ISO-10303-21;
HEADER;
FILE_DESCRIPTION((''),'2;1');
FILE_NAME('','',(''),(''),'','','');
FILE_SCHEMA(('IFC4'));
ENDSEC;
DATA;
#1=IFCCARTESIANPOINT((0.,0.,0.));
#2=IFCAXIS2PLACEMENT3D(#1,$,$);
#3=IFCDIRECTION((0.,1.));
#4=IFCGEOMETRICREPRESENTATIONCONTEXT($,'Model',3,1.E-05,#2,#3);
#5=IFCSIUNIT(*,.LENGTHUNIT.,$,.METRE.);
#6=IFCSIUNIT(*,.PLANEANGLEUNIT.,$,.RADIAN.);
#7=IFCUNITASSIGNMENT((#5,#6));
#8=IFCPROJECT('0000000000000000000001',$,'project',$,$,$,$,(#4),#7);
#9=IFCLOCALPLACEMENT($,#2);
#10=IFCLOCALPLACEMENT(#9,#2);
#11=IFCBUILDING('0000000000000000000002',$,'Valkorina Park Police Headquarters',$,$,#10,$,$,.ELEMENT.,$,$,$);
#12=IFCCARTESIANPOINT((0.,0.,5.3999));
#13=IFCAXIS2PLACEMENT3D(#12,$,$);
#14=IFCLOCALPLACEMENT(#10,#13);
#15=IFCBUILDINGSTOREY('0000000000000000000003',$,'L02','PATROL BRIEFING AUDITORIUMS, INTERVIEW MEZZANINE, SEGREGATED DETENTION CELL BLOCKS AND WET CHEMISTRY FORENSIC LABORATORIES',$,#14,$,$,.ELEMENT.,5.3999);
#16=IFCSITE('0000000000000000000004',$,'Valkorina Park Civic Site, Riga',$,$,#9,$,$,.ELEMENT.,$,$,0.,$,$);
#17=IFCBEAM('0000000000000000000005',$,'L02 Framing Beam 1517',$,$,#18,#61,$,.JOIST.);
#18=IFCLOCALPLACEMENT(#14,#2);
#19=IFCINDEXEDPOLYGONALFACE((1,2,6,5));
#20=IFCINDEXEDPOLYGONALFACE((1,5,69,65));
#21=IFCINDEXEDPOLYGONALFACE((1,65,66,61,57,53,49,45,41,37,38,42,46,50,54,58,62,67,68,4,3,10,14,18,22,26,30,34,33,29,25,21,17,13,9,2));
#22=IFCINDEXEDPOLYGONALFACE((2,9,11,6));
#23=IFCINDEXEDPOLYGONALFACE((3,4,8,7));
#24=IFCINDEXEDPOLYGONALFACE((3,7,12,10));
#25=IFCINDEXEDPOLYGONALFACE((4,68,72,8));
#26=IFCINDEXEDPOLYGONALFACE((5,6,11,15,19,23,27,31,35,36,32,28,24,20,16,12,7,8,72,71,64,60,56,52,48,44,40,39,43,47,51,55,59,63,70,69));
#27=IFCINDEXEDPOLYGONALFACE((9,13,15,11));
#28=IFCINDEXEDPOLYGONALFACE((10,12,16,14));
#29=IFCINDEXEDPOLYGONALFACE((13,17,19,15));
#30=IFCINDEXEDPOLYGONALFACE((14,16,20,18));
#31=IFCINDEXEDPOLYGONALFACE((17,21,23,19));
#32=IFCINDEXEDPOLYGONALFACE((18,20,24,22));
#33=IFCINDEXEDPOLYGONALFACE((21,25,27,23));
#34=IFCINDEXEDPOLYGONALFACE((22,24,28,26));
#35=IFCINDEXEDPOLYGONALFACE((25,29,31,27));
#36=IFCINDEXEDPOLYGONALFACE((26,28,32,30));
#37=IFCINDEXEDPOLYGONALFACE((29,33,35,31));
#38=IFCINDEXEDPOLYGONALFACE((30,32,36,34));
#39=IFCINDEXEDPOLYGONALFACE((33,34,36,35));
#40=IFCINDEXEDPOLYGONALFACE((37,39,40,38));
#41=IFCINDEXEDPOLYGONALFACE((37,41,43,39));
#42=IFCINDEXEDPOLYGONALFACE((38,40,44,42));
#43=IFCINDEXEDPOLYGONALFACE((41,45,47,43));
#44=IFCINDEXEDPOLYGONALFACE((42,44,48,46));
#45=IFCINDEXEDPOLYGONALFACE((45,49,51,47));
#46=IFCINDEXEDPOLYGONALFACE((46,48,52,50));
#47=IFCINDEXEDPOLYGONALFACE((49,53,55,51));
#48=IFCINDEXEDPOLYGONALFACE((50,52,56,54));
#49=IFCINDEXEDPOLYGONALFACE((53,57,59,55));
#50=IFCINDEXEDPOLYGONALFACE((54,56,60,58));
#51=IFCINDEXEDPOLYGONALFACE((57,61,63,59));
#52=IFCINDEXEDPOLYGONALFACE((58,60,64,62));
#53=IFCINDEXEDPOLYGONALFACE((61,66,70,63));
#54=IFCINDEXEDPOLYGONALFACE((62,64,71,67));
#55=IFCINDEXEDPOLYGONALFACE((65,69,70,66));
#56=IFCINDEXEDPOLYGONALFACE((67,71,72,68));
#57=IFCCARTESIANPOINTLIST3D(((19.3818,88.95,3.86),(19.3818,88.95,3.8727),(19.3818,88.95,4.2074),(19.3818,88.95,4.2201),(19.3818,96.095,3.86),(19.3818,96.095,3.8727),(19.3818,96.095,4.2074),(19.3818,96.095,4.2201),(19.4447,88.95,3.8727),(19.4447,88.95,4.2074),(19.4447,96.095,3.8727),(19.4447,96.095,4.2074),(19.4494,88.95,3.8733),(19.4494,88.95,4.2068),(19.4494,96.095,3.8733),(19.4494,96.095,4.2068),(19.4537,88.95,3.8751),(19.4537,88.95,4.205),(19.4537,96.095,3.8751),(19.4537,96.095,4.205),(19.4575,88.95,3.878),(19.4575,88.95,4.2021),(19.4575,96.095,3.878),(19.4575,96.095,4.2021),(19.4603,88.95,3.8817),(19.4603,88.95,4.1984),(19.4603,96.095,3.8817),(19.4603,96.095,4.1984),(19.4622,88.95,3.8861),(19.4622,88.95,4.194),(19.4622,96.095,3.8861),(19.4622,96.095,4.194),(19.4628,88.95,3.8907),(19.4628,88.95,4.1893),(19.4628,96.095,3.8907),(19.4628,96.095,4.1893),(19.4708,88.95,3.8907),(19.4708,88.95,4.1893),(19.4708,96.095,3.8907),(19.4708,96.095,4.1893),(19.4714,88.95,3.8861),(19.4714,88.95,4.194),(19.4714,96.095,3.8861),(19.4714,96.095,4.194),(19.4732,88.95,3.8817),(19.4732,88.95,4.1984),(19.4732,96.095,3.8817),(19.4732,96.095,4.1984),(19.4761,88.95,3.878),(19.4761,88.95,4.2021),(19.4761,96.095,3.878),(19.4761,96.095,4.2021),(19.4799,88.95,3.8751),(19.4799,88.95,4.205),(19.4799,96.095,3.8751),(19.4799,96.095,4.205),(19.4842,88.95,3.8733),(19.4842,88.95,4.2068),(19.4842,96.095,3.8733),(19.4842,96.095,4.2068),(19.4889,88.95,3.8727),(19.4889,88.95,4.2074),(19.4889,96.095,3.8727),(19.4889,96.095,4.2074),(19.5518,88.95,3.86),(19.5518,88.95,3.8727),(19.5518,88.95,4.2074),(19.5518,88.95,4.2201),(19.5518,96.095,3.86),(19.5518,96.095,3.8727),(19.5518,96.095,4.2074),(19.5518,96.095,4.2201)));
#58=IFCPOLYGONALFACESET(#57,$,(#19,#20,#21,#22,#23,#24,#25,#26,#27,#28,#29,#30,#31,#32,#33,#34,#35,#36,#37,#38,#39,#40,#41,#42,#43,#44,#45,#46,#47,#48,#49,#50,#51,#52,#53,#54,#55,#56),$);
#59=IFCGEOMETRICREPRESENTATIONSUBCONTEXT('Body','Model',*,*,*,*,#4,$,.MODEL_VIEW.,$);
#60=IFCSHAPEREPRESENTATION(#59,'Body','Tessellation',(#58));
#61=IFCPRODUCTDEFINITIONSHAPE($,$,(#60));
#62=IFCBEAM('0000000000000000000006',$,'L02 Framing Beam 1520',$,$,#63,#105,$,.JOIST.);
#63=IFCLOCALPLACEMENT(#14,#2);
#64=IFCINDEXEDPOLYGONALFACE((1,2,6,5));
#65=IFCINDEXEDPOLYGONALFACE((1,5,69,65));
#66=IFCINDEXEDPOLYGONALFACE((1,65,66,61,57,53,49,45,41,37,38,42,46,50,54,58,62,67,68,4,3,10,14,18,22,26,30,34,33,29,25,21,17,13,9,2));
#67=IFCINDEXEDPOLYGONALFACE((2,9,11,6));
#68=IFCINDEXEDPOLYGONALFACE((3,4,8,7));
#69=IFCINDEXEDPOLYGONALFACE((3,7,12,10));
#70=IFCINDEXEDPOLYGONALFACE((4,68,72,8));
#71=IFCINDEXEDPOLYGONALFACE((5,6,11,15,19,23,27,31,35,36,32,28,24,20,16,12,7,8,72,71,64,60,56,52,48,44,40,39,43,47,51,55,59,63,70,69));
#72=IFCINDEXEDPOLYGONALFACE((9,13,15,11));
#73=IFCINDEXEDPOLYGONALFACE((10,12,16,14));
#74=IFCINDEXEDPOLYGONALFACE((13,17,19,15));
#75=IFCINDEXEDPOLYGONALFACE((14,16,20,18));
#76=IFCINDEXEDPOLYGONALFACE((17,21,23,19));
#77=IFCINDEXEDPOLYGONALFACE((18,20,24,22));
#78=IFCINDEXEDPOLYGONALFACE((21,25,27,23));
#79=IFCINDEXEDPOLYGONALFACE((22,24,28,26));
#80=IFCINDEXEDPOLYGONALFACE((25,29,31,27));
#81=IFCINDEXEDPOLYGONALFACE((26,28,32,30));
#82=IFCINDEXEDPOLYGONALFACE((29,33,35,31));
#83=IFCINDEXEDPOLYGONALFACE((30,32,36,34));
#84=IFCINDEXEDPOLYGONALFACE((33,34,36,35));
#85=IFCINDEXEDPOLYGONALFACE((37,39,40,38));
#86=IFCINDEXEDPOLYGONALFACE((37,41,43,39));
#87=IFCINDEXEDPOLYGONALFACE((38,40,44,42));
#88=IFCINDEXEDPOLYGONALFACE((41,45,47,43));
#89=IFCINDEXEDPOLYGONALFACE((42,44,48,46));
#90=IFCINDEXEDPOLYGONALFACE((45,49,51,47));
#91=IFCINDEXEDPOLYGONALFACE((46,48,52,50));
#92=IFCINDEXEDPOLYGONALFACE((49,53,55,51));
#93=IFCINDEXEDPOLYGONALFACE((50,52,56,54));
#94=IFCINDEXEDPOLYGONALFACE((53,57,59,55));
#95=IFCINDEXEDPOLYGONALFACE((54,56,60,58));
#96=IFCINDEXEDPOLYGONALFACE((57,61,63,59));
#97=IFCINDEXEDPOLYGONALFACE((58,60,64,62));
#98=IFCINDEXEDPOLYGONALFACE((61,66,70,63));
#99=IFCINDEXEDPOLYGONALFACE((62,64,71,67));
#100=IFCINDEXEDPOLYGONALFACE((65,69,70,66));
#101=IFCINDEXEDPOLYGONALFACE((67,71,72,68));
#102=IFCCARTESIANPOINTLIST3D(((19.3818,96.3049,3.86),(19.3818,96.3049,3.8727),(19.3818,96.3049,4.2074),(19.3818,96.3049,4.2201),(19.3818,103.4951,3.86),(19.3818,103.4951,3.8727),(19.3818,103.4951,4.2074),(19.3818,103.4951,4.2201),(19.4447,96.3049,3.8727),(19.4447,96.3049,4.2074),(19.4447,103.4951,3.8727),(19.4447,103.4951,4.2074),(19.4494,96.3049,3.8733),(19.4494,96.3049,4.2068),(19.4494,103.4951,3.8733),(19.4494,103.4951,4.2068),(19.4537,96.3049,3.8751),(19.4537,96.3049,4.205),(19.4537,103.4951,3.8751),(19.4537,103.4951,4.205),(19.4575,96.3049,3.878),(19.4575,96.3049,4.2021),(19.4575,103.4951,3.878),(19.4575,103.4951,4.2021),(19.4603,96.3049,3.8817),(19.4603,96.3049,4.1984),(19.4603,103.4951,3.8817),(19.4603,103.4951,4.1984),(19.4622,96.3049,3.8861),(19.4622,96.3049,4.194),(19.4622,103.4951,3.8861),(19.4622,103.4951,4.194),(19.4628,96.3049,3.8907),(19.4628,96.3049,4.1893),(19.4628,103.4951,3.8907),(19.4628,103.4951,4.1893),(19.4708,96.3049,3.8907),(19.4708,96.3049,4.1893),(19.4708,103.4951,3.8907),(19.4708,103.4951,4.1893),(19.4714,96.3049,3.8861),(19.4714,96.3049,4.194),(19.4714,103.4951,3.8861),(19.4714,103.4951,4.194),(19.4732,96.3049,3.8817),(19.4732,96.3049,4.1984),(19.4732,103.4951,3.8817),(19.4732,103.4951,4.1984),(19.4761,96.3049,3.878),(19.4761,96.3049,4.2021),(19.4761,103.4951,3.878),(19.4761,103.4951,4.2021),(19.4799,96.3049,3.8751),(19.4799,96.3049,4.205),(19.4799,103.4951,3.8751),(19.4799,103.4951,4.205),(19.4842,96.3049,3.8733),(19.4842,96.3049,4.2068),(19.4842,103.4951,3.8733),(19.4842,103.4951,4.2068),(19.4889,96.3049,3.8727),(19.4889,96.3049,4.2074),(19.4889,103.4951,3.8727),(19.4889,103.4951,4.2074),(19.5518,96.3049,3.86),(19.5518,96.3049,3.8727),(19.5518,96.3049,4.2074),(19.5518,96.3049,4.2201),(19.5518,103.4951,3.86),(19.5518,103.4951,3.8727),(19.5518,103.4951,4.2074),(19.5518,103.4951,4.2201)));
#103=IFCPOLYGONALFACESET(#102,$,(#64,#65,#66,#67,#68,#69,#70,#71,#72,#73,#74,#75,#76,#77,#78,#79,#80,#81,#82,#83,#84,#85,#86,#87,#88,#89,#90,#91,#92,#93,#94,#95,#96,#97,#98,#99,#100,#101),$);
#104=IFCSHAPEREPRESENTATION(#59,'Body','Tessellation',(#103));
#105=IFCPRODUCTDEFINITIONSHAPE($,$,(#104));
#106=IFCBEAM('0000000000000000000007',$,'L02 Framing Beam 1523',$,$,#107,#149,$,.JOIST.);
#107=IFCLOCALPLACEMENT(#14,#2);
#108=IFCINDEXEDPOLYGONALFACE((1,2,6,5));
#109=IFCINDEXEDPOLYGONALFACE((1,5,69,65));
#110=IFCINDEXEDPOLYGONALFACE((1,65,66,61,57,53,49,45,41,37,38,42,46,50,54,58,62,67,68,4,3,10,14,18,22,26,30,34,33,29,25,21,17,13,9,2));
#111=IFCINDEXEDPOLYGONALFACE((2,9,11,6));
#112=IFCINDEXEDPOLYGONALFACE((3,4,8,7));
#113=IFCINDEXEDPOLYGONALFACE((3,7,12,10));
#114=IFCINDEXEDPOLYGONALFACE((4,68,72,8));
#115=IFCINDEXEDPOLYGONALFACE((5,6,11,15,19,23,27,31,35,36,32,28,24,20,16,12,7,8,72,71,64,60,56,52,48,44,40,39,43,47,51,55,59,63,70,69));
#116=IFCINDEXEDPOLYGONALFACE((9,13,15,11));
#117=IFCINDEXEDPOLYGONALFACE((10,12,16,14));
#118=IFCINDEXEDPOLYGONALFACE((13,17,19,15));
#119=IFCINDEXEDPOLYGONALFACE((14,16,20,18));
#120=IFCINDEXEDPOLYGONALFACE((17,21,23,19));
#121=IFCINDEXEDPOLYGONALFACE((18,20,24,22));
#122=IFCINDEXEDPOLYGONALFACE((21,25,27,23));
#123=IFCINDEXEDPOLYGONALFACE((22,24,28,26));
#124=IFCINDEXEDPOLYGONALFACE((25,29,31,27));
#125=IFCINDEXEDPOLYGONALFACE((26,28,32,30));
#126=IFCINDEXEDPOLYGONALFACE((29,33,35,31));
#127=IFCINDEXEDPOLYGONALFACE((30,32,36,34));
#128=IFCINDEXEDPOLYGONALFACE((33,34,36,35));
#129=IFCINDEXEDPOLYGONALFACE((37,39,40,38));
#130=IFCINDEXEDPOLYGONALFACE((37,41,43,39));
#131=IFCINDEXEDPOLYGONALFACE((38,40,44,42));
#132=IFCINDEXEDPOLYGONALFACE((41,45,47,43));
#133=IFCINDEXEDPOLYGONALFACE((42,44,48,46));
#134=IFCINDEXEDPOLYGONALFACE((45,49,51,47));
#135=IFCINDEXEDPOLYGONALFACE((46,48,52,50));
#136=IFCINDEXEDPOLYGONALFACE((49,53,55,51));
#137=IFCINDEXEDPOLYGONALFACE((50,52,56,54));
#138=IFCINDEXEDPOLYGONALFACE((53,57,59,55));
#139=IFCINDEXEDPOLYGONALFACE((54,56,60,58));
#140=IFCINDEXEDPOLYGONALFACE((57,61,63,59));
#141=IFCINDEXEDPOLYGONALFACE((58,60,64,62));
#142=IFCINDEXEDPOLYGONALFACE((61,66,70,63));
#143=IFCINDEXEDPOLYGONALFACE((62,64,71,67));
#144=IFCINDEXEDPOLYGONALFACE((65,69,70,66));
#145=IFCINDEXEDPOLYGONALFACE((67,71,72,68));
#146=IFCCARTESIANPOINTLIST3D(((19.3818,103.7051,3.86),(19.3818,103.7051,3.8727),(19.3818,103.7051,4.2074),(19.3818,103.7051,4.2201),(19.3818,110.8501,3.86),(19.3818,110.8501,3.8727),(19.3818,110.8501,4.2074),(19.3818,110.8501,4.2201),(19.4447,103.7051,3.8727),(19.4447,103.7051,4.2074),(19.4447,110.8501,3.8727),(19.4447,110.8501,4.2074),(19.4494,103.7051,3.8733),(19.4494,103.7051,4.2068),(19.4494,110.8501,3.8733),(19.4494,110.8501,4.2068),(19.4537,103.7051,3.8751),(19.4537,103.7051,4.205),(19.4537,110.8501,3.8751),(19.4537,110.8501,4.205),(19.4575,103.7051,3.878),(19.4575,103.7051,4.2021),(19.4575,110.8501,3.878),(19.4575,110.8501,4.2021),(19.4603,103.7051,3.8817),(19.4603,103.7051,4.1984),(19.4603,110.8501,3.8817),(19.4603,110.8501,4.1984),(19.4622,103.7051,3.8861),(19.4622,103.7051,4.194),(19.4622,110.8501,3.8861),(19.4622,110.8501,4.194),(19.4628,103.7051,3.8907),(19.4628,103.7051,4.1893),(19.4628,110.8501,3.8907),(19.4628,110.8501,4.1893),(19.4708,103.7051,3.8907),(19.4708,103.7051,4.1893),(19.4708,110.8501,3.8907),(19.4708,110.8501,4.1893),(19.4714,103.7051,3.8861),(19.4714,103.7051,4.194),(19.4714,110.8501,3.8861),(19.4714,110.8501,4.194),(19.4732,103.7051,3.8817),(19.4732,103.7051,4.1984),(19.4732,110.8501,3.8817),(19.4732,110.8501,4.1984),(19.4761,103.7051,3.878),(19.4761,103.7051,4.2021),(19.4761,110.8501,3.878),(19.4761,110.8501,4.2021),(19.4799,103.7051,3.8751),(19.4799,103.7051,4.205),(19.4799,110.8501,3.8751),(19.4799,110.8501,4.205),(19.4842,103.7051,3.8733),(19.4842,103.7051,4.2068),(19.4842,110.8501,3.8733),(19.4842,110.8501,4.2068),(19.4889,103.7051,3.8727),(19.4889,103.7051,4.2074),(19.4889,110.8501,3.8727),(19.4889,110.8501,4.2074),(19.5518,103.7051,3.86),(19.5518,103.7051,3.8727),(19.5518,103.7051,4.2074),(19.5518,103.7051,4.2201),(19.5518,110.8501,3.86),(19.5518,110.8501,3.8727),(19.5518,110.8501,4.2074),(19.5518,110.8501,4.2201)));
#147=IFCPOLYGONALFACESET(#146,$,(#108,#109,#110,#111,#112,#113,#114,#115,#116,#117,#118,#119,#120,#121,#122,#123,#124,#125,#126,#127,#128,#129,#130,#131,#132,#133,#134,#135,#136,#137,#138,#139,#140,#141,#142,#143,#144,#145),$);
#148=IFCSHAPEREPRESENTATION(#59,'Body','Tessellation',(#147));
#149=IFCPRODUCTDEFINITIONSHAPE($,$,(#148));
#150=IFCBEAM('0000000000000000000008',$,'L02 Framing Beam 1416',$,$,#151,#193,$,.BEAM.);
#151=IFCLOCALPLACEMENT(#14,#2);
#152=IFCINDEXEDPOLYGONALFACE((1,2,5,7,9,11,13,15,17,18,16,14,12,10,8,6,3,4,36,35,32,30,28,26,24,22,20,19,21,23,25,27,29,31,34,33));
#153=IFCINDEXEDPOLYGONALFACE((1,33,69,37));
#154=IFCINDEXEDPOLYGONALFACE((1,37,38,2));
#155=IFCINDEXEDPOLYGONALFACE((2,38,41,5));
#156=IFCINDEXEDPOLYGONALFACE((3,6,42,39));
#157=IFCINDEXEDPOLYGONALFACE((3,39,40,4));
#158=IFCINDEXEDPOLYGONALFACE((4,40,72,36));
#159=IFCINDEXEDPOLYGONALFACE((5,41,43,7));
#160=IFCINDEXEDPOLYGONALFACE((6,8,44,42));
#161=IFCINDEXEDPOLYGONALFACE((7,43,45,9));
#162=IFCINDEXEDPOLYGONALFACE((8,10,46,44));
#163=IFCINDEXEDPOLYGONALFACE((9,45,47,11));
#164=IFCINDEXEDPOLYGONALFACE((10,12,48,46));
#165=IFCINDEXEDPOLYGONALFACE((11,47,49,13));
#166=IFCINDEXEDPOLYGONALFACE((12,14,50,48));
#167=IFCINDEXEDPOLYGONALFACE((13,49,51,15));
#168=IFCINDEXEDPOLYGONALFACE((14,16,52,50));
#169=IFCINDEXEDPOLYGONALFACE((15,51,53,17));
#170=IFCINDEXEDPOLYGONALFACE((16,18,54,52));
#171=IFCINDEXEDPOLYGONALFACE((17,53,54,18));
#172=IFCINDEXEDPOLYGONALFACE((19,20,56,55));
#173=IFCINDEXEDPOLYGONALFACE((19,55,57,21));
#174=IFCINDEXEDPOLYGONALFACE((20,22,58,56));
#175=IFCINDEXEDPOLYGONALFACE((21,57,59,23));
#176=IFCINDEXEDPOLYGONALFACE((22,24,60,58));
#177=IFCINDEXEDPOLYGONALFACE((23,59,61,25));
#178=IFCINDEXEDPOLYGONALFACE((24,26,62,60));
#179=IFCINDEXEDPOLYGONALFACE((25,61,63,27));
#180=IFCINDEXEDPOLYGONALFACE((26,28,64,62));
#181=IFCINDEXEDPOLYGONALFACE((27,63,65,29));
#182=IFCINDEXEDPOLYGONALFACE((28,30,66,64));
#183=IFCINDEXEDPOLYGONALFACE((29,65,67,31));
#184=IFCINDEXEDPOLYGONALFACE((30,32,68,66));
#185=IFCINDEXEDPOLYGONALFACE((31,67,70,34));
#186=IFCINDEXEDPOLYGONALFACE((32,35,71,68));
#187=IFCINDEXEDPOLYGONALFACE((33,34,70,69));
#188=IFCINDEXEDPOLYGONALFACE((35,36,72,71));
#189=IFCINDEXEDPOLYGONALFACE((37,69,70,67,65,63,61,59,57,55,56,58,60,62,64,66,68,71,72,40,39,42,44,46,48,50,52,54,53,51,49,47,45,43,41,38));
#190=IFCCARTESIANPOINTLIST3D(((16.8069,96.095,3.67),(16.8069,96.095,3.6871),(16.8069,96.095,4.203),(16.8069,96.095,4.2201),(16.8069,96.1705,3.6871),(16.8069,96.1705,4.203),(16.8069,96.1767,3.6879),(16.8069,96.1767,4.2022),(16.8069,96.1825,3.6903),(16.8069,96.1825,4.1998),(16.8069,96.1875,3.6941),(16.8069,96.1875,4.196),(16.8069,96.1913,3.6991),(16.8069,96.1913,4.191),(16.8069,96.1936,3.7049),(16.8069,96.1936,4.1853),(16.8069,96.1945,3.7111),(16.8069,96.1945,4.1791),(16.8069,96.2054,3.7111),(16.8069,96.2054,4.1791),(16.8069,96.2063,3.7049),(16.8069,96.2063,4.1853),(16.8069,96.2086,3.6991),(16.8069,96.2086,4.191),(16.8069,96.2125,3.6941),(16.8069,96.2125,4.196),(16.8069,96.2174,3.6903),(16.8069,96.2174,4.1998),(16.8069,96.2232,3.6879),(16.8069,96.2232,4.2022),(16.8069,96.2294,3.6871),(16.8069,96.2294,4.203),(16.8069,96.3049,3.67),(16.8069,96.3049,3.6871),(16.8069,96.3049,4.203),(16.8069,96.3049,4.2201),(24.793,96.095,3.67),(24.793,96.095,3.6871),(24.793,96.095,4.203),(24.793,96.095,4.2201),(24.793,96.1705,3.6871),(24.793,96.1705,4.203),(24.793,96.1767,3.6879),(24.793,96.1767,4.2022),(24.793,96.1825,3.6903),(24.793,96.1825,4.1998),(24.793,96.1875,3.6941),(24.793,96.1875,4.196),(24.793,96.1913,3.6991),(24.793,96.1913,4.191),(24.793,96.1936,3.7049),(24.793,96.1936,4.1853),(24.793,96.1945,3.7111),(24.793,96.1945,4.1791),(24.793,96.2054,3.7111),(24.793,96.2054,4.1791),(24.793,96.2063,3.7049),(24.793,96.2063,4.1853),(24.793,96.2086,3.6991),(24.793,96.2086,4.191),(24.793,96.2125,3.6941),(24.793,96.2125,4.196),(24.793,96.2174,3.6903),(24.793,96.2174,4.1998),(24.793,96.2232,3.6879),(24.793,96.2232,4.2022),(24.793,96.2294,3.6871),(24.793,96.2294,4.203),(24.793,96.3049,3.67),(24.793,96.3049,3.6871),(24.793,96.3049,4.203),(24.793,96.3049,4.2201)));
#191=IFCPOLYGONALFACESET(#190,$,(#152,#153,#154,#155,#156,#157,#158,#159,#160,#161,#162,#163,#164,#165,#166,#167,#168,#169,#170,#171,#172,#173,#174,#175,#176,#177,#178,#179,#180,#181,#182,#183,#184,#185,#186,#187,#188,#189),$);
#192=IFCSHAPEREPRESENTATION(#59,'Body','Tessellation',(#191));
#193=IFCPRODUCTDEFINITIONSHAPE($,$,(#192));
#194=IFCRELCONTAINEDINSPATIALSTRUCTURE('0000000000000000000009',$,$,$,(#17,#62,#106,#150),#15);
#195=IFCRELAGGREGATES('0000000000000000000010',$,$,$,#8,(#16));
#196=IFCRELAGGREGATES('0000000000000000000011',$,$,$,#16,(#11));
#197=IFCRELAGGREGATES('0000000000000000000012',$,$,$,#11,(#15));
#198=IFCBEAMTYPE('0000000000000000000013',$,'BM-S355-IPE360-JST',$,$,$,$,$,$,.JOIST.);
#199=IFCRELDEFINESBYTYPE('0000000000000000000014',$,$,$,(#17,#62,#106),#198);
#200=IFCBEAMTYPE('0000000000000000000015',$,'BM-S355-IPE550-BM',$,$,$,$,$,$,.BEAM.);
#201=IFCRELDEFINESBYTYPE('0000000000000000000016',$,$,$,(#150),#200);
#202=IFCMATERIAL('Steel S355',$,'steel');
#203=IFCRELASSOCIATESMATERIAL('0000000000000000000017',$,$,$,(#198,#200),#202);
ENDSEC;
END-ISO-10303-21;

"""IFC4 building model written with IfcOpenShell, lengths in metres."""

from ifc_helpers import new_model, si_unit, direction, frame, origin, origin_2d, place, context, subcontext, project, spatial, i_section, extrude, material, material_profile, profile_set, type_object, element, save


model = new_model("IFC4")

# Units and contexts
model_context = context("Model", 3, precision=1e-05, world=origin(), true_north=direction((0.0, 1.0)))
body_context = subcontext(model_context, "Body", "Model", "MODEL_VIEW")
ifc_project = project(units=[si_unit("LENGTHUNIT", "METRE"), si_unit("PLANEANGLEUNIT", "RADIAN")], contexts=[model_context])

# Site, building, storey
site_placement = place(None, origin())
site = spatial("IfcSite", under=ifc_project, at=site_placement, Name="Valkorina Park Civic Site, Riga", CompositionType="ELEMENT", RefElevation=0.0)
building_placement = place(site_placement, origin())
building = spatial("IfcBuilding", under=site, at=building_placement, Name="Valkorina Park Police Headquarters", CompositionType="ELEMENT")
storey_placement = place(building_placement, frame((0.0, 0.0, 5.3999)))
storey = spatial("IfcBuildingStorey", under=building, at=storey_placement, Name="L02", Description="PATROL BRIEFING AUDITORIUMS, INTERVIEW MEZZANINE, SEGREGATED DETENTION CELL BLOCKS AND WET CHEMISTRY FORENSIC LABORATORIES", CompositionType="ELEMENT", Elevation=5.3999)

# Shared definitions
ifc_material_1 = material(Name="Steel S355", Category="steel")

# Beams
ifc_material_profile_1 = material_profile(ifc_material_1, i_section(OverallWidth=0.1699, OverallDepth=0.3601, WebThickness=0.0081, FlangeThickness=0.0127, FilletRadius=0.0181, at=origin_2d()), Name="IPE 360")
ifc_profile_set_1 = profile_set([ifc_material_profile_1], Name="Steel S355")
beam_type_1 = type_object("IfcBeamType", Name="BM-S355-IPE360-JST", PredefinedType="JOIST", material=ifc_profile_set_1)
for number, where, z_axis, x_axis, name in (
    (1, (19.4668, 88.95, 4.04), (0.0, 1.0, 0.0), (-1.0, 0.0, 0.0), "L02 Framing Beam 1517"),
):
    element("IfcBeam", number, at=place(storey_placement, frame(where, z_axis=z_axis, x_axis=x_axis)), inside=storey, type_object=beam_type_1, Name=name, PredefinedType="JOIST", context=body_context, shape_type="SweptSolid", body=[
        extrude(i_section(OverallWidth=0.1699, OverallDepth=0.3601, WebThickness=0.0081, FlangeThickness=0.0127, FilletRadius=0.0181, at=origin_2d()), origin(), (0.0, 0.0, 1.0), 7.145),
    ])
beam_1_placement = place(storey_placement, frame((19.4668, 96.3049, 4.04), z_axis=(0.0, 1.0, 0.0), x_axis=(-1.0, 0.0, 0.0)))
element("IfcBeam", 2, at=beam_1_placement, inside=storey, type_object=beam_type_1, Name="L02 Framing Beam 1520", PredefinedType="JOIST", context=body_context, shape_type="SweptSolid", body=[
    extrude(i_section(OverallWidth=0.1699, OverallDepth=0.3601, WebThickness=0.0081, FlangeThickness=0.0127, FilletRadius=0.0181, at=origin_2d()), origin(), (0.0, 0.0, 1.0), 7.1902),
])
beam_2_placement = place(storey_placement, frame((19.4668, 103.7051, 4.04), z_axis=(0.0, 1.0, 0.0), x_axis=(-1.0, 0.0, 0.0)))
element("IfcBeam", 3, at=beam_2_placement, inside=storey, type_object=beam_type_1, Name="L02 Framing Beam 1523", PredefinedType="JOIST", context=body_context, shape_type="SweptSolid", body=[
    extrude(i_section(OverallWidth=0.1699, OverallDepth=0.3601, WebThickness=0.0081, FlangeThickness=0.0127, FilletRadius=0.0181, at=origin_2d()), origin(), (0.0, 0.0, 1.0), 7.145),
])
ifc_material_profile_2 = material_profile(ifc_material_1, i_section(OverallWidth=0.21, OverallDepth=0.55, WebThickness=0.011, FlangeThickness=0.0171, FilletRadius=0.0239, at=origin_2d()), Name="IPE 550")
ifc_profile_set_2 = profile_set([ifc_material_profile_2], Name="Steel S355")
beam_type_2 = type_object("IfcBeamType", Name="BM-S355-IPE550-BM", PredefinedType="BEAM", material=ifc_profile_set_2)
for number, where, z_axis, x_axis, name in (
    (4, (16.8069, 96.2, 3.9451), (1.0, 0.0, 0.0), (0.0, 1.0, 0.0), "L02 Framing Beam 1416"),
):
    element("IfcBeam", number, at=place(storey_placement, frame(where, z_axis=z_axis, x_axis=x_axis)), inside=storey, type_object=beam_type_2, Name=name, PredefinedType="BEAM", context=body_context, shape_type="SweptSolid", body=[
        extrude(i_section(OverallWidth=0.21, OverallDepth=0.55, WebThickness=0.011, FlangeThickness=0.0171, FilletRadius=0.0239, at=origin_2d()), origin(), (0.0, 0.0, 1.0), 7.9861),
    ])

save(model, "model.ifc")
